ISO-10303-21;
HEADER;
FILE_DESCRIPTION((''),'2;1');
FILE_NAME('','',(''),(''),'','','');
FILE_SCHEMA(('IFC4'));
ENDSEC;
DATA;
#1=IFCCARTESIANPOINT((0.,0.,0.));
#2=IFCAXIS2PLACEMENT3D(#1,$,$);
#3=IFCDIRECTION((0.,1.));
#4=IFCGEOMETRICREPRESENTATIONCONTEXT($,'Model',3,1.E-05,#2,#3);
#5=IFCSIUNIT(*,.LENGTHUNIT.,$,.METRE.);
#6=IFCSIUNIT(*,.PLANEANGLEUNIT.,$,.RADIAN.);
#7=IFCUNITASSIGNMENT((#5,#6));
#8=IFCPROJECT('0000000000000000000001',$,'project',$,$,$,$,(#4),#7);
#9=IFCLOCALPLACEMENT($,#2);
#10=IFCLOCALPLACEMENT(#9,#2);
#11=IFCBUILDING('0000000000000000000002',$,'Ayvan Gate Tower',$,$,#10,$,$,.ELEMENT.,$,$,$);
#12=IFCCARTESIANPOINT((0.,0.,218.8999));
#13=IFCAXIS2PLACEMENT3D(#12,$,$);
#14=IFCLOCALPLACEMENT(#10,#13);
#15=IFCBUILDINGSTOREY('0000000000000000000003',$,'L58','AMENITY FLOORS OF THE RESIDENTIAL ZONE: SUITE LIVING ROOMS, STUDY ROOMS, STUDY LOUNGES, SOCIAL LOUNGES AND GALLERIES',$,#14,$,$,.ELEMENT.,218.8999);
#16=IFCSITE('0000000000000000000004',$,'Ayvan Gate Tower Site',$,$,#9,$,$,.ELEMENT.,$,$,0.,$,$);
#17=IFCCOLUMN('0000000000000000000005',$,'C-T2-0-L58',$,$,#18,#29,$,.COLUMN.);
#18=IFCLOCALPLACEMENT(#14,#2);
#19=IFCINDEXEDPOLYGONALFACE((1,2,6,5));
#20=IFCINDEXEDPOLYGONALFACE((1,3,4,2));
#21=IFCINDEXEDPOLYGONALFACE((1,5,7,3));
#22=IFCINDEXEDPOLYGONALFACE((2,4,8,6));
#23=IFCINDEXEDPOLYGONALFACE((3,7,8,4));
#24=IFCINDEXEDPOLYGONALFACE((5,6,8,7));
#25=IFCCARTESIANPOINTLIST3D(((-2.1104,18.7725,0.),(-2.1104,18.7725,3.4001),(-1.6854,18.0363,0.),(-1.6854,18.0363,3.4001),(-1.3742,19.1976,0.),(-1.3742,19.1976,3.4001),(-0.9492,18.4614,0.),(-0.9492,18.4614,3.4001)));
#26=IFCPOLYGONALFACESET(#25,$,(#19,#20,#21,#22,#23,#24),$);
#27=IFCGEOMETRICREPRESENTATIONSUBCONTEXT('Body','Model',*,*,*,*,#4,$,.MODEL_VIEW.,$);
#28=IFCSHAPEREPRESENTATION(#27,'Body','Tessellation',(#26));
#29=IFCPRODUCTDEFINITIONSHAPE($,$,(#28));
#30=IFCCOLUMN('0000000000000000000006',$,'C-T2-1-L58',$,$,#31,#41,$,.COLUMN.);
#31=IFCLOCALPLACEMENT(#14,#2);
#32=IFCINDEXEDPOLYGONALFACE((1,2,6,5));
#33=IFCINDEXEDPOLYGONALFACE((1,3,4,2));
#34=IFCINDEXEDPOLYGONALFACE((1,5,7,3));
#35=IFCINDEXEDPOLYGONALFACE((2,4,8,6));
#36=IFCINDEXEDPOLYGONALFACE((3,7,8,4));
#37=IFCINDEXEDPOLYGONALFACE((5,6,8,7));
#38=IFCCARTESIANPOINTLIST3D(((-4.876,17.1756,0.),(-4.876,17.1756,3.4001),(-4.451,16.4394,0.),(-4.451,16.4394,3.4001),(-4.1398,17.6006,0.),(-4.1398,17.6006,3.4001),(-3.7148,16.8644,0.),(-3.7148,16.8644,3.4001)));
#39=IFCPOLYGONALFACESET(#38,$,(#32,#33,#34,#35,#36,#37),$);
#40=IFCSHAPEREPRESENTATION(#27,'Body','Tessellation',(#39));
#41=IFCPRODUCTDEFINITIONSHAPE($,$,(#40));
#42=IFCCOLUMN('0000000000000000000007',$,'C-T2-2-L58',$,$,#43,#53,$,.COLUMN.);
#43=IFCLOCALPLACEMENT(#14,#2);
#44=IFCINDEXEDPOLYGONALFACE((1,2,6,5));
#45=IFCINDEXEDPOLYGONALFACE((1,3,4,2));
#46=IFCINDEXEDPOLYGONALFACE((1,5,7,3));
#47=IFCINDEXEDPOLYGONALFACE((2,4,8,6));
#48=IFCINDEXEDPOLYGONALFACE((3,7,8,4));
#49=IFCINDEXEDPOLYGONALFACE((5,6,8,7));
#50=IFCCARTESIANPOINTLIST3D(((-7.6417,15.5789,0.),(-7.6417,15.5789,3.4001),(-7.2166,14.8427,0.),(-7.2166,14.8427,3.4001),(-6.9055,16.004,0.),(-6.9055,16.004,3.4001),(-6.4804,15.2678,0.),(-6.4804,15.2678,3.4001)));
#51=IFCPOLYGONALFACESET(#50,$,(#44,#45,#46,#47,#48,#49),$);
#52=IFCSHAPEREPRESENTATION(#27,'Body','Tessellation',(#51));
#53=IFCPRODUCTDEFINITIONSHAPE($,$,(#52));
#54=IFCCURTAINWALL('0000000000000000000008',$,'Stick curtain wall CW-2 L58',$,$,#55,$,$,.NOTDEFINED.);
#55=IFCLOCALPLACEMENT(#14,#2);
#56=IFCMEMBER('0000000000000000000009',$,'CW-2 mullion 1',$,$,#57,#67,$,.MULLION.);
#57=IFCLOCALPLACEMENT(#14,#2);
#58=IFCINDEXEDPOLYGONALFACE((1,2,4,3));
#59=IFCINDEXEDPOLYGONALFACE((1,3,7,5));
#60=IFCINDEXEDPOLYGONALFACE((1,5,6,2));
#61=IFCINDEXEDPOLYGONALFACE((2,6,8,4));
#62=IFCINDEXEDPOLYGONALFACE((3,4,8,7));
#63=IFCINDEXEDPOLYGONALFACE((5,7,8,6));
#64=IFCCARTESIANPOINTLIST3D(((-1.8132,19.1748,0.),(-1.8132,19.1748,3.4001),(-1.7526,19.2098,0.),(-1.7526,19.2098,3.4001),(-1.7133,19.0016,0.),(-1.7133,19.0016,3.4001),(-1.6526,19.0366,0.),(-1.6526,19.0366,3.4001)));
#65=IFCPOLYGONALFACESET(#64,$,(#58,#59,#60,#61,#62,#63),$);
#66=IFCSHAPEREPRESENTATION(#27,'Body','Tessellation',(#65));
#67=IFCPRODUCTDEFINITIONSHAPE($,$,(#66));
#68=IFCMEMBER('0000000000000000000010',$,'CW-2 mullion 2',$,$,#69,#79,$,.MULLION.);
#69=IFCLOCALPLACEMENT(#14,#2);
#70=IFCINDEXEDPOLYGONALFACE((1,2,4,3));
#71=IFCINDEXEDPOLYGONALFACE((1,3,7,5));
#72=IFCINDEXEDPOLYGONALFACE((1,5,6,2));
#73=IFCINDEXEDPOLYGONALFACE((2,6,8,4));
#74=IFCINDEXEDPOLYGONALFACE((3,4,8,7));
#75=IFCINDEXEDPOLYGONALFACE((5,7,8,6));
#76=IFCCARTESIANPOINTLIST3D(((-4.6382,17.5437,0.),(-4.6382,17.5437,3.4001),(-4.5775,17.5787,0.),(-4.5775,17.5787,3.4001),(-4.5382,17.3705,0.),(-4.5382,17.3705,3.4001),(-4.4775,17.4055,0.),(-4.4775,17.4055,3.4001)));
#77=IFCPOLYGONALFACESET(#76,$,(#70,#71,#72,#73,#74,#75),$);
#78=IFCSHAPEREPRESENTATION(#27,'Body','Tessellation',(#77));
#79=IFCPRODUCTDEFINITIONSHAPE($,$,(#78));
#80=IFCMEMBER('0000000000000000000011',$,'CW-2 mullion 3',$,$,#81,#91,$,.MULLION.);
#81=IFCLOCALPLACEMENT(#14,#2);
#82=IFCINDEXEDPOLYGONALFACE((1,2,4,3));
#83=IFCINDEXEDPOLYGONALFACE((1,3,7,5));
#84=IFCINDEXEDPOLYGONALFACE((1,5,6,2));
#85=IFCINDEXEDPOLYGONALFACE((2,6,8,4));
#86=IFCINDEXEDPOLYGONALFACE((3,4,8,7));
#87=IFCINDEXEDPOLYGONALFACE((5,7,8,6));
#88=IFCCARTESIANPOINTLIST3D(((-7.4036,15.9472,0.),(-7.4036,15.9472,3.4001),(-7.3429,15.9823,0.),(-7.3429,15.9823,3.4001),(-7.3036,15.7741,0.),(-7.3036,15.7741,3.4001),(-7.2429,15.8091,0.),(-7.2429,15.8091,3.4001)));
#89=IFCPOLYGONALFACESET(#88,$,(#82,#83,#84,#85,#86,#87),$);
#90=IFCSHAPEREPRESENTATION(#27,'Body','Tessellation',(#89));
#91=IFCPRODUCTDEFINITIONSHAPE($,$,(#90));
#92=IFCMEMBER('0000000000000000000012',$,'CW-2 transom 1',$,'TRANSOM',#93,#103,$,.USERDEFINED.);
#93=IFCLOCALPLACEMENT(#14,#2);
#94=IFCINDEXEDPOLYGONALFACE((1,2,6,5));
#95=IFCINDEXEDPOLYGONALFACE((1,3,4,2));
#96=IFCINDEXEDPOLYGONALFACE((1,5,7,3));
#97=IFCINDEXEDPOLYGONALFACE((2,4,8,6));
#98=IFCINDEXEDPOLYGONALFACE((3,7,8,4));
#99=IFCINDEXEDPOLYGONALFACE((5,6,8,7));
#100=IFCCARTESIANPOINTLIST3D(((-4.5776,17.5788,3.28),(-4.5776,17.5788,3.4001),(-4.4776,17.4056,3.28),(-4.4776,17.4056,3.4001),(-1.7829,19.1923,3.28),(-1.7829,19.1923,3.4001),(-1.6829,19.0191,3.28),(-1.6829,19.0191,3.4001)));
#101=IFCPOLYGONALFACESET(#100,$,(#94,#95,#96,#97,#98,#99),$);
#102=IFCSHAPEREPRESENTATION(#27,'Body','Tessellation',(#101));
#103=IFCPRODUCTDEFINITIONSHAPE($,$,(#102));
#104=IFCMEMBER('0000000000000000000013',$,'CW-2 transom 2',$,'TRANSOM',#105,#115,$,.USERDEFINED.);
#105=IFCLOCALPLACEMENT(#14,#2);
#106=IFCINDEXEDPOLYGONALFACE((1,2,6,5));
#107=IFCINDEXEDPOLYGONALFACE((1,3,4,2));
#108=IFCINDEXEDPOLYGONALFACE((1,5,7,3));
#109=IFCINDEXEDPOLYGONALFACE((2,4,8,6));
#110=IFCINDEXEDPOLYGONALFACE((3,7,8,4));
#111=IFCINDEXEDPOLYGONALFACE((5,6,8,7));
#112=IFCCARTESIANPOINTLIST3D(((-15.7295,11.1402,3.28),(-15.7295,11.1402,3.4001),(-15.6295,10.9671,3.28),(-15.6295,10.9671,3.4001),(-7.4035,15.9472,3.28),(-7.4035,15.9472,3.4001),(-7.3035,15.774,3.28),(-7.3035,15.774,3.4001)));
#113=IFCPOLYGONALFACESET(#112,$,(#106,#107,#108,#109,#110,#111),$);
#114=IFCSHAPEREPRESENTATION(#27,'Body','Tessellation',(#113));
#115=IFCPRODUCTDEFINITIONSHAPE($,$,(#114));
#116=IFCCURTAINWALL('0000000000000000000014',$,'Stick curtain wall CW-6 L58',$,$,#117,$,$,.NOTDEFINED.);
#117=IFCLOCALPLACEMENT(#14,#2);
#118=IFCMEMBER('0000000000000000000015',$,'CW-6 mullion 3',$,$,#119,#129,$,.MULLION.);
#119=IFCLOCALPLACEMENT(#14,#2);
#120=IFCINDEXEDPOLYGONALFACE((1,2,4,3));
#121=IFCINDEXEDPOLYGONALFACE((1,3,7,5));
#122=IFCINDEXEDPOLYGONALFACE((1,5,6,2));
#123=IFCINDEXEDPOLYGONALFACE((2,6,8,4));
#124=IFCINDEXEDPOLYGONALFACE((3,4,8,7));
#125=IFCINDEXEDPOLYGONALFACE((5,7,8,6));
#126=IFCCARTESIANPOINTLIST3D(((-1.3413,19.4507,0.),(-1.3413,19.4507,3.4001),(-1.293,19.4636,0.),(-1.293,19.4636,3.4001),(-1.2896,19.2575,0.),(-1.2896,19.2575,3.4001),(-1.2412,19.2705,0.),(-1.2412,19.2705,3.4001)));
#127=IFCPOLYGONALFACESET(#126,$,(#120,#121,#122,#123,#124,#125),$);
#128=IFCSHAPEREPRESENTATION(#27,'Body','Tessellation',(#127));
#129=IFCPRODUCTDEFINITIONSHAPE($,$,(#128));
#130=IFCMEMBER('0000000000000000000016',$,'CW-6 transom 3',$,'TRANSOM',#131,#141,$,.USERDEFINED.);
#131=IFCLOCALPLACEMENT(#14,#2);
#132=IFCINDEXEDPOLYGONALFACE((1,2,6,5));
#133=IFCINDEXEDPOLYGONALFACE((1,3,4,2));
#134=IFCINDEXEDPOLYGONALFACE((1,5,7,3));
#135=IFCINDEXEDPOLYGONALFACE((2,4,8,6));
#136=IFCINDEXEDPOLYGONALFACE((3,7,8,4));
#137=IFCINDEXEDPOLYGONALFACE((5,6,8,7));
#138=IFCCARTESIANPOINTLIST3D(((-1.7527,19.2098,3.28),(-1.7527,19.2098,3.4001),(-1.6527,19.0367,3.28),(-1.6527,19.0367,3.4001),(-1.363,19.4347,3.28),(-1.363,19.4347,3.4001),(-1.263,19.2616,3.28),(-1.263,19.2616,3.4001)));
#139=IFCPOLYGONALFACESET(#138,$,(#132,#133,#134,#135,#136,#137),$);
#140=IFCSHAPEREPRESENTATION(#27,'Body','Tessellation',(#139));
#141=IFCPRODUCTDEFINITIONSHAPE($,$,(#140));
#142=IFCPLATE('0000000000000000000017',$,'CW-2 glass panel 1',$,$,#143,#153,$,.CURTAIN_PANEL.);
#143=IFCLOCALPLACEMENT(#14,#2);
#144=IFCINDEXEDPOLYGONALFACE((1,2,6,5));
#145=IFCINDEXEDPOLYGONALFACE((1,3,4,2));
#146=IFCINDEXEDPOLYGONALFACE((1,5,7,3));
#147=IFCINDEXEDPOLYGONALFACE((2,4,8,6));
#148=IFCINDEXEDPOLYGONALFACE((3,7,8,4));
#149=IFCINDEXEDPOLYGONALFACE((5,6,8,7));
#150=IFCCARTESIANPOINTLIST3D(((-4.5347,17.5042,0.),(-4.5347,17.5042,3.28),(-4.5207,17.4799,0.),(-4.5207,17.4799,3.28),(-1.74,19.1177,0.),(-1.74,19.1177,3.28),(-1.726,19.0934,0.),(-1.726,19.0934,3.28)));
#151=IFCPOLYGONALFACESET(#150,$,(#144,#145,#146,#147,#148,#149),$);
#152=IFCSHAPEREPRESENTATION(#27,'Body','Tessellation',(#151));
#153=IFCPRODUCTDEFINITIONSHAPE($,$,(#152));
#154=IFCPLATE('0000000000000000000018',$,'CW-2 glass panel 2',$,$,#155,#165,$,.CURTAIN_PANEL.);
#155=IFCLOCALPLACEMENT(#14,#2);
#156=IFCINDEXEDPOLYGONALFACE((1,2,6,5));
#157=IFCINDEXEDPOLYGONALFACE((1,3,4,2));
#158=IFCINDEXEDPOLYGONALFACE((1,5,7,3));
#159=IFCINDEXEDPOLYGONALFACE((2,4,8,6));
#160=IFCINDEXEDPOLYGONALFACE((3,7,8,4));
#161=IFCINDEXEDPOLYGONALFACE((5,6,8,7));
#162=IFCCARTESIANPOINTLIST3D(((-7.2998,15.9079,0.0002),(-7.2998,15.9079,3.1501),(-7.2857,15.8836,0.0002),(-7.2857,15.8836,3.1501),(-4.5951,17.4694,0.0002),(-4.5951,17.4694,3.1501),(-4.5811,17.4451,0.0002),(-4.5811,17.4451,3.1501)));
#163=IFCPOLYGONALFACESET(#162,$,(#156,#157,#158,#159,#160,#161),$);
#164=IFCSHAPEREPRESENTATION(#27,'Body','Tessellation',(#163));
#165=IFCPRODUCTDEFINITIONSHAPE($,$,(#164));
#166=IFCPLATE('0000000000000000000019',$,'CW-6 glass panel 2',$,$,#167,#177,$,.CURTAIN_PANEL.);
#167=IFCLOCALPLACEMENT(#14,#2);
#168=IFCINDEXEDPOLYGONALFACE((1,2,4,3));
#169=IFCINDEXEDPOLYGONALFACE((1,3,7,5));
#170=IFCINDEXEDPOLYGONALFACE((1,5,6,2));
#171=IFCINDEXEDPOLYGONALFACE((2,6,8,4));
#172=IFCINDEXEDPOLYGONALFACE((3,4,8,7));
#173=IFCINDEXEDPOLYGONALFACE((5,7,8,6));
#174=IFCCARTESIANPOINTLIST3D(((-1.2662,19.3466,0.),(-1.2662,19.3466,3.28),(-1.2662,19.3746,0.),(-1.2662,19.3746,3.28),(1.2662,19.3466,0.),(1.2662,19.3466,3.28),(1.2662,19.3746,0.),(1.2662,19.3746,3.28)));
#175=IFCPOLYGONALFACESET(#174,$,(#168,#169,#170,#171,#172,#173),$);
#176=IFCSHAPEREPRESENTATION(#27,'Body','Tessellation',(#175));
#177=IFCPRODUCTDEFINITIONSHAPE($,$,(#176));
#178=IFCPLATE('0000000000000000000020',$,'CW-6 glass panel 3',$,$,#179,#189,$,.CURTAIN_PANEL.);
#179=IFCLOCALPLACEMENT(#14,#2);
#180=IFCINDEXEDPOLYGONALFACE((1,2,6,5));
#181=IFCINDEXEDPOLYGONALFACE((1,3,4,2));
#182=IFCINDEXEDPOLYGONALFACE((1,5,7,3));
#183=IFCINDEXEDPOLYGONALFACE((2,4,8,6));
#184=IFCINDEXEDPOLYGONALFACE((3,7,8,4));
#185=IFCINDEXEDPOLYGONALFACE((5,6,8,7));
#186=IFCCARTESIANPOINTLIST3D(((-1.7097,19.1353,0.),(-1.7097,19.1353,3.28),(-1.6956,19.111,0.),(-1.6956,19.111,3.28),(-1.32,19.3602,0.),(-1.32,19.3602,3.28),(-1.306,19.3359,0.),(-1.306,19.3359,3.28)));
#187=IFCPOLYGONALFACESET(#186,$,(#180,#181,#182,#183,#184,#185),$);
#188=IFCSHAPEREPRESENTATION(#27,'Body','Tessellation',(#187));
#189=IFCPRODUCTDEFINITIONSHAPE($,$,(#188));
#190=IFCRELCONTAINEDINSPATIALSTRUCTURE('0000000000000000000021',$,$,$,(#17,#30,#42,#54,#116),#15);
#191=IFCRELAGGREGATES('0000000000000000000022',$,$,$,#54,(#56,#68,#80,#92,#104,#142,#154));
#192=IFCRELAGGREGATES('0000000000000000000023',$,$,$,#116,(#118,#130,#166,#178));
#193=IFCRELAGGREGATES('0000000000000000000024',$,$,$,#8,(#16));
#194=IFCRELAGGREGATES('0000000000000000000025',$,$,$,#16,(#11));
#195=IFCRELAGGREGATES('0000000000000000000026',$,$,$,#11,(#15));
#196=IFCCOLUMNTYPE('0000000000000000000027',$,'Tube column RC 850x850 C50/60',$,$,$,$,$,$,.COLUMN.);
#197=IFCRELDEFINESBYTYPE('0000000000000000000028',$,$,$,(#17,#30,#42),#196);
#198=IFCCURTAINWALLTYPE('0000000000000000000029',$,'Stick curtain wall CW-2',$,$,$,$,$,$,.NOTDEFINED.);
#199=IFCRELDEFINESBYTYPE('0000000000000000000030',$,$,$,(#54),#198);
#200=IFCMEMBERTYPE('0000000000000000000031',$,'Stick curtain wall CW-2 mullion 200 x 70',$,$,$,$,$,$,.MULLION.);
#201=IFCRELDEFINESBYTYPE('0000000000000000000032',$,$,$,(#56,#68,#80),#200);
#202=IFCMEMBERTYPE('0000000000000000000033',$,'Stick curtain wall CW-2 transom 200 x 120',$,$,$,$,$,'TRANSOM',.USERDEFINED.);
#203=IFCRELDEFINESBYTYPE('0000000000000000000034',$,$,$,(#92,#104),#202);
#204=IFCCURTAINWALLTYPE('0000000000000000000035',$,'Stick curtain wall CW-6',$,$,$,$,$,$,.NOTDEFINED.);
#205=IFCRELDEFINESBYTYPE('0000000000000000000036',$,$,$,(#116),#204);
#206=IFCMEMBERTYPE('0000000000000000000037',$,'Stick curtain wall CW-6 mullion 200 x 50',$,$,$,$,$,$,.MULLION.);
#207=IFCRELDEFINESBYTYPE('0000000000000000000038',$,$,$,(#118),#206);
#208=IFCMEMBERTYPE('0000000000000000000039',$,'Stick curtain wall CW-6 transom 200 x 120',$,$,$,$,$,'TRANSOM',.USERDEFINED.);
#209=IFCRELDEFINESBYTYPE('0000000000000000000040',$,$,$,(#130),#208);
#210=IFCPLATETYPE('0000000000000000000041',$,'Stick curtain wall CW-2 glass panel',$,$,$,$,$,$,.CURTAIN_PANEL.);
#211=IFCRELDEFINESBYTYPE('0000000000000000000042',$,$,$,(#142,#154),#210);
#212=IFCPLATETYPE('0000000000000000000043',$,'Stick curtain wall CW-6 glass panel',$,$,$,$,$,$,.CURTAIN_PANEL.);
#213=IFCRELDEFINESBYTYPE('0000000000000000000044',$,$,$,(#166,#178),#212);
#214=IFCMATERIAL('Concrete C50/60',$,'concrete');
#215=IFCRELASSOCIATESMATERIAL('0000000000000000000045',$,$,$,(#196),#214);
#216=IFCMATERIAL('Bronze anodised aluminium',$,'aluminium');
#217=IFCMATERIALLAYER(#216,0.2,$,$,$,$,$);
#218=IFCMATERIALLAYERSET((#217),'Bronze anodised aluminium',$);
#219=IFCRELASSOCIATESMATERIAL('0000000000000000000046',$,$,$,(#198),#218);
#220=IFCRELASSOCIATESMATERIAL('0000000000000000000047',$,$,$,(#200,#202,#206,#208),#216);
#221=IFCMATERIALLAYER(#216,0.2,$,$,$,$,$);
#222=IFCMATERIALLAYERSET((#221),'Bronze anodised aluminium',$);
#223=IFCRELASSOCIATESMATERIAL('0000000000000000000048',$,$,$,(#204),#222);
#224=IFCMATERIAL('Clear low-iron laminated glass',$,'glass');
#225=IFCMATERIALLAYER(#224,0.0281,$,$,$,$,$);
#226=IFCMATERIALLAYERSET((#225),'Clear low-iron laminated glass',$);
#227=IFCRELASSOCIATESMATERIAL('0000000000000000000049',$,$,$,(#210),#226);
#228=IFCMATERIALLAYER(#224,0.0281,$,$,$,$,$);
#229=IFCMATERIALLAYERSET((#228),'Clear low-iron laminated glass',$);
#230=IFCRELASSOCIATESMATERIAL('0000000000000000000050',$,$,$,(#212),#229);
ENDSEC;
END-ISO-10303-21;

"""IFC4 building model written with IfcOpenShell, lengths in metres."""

from ifc_helpers import new_model, si_unit, direction, frame, origin, origin_2d, place, context, subcontext, project, spatial, rectangle, extrude, material, layer, layer_set, material_profile, profile_set, type_object, element, aggregate, save


model = new_model("IFC4")

# Units and contexts
model_context = context("Model", 3, precision=1e-05, world=origin(), true_north=direction((0.0, 1.0)))
body_context = subcontext(model_context, "Body", "Model", "MODEL_VIEW")
ifc_project = project(units=[si_unit("LENGTHUNIT", "METRE"), si_unit("PLANEANGLEUNIT", "RADIAN")], contexts=[model_context])

# Site, building, storey
site_placement = place(None, origin())
site = spatial("IfcSite", under=ifc_project, at=site_placement, Name="Ayvan Gate Tower Site", CompositionType="ELEMENT", RefElevation=0.0)
building_placement = place(site_placement, origin())
building = spatial("IfcBuilding", under=site, at=building_placement, Name="Ayvan Gate Tower", CompositionType="ELEMENT")
storey_placement = place(building_placement, frame((0.0, 0.0, 218.8999)))
storey = spatial("IfcBuildingStorey", under=building, at=storey_placement, Name="L58", Description="AMENITY FLOORS OF THE RESIDENTIAL ZONE: SUITE LIVING ROOMS, STUDY ROOMS, STUDY LOUNGES, SOCIAL LOUNGES AND GALLERIES", CompositionType="ELEMENT", Elevation=218.8999)

# Columns
ifc_material_1 = material(Name="Concrete C50/60", Category="concrete")
ifc_material_profile_1 = material_profile(ifc_material_1, rectangle(XDim=0.8501, YDim=0.8501, at=origin_2d()), Name="RC 850x850")
ifc_profile_set_1 = profile_set([ifc_material_profile_1], Name="Concrete C50/60")
column_type = type_object("IfcColumnType", Name="Tube column RC 850x850 C50/60", PredefinedType="COLUMN", material=ifc_profile_set_1)
for number, where, z_axis, x_axis, name in (
    (1, (-1.5298, 18.6169, 0.0), (0.0, 0.0, 1.0), (-0.5, 0.866025, 0.0), "C-T2-0-L58"),
    (2, (-4.2954, 17.02, 0.0), (0.0, 0.0, 1.0), (-0.5, 0.866025, 0.0), "C-T2-1-L58"),
    (3, (-7.061, 15.4233, 0.0), (0.0, 0.0, 1.0), (-0.5, 0.866025, 0.0), "C-T2-2-L58"),
):
    element("IfcColumn", number, at=place(storey_placement, frame(where, z_axis=z_axis, x_axis=x_axis)), inside=storey, type_object=column_type, Name=name, PredefinedType="COLUMN", context=body_context, shape_type="SweptSolid", body=[
        extrude(rectangle(XDim=0.8501, YDim=0.8501, at=origin_2d()), origin(), (0.0, 0.0, 1.0), 3.4001),
    ])

# Curtain walls, members
ifc_material_2 = material(Name="Bronze anodised aluminium", Category="aluminium")
ifc_layer_1 = layer(ifc_material_2, 0.2)
ifc_layer_set_1 = layer_set([ifc_layer_1], Name="Bronze anodised aluminium")
curtain_wall_type_1 = type_object("IfcCurtainWallType", Name="Stick curtain wall CW-2", PredefinedType="NOTDEFINED", material=ifc_layer_set_1)
curtain_wall_1_placement = place(storey_placement, origin())
curtain_wall_1 = element("IfcCurtainWall", 4, at=curtain_wall_1_placement, inside=storey, type_object=curtain_wall_type_1, Name="Stick curtain wall CW-2 L58", PredefinedType="NOTDEFINED")
ifc_material_profile_2 = material_profile(ifc_material_2, rectangle(XDim=0.2, YDim=0.0701, at=origin_2d()), Name="Stick curtain wall CW-2 mullion 200 x 70")
ifc_profile_set_2 = profile_set([ifc_material_profile_2], Name="Bronze anodised aluminium")
member_type_1 = type_object("IfcMemberType", Name="Stick curtain wall CW-2 mullion 200 x 70", PredefinedType="MULLION", material=ifc_profile_set_2)
member_1_placement = place(storey_placement, frame((-1.7329, 19.1057, 0.0), z_axis=(0.0, 0.0, 1.0), x_axis=(-0.5, 0.866025, 0.0)))
member_1 = element("IfcMember", 5, at=member_1_placement, type_object=member_type_1, Name="CW-2 mullion 1", PredefinedType="MULLION", context=body_context, shape_type="SweptSolid", body=[
    extrude(rectangle(XDim=0.2, YDim=0.0701, at=origin_2d()), origin(), (0.0, 0.0, 1.0), 3.4001),
])
member_2_placement = place(storey_placement, frame((-4.5579, 17.4746, 0.0), z_axis=(0.0, 0.0, 1.0), x_axis=(-0.5, 0.866025, 0.0)))
member_2 = element("IfcMember", 6, at=member_2_placement, type_object=member_type_1, Name="CW-2 mullion 2", PredefinedType="MULLION", context=body_context, shape_type="SweptSolid", body=[
    extrude(rectangle(XDim=0.2, YDim=0.0701, at=origin_2d()), origin(), (0.0, 0.0, 1.0), 3.4001),
])
member_3_placement = place(storey_placement, frame((-7.3232, 15.8782, 0.0), z_axis=(0.0, 0.0, 1.0), x_axis=(-0.5, 0.866025, 0.0)))
member_3 = element("IfcMember", 7, at=member_3_placement, type_object=member_type_1, Name="CW-2 mullion 3", PredefinedType="MULLION", context=body_context, shape_type="SweptSolid", body=[
    extrude(rectangle(XDim=0.2, YDim=0.0701, at=origin_2d()), origin(), (0.0, 0.0, 1.0), 3.4001),
])
ifc_material_profile_3 = material_profile(ifc_material_2, rectangle(XDim=0.2, YDim=0.1201, at=origin_2d()), Name="Stick curtain wall CW-2 transom 200 x 120")
ifc_profile_set_3 = profile_set([ifc_material_profile_3], Name="Bronze anodised aluminium")
member_type_2 = type_object("IfcMemberType", Name="Stick curtain wall CW-2 transom 200 x 120", ElementType="TRANSOM", PredefinedType="USERDEFINED", material=ifc_profile_set_3)
member_4_placement = place(storey_placement, frame((-1.7329, 19.1057, 3.3401), z_axis=(-0.866023, -0.500004, 0.0), x_axis=(0.500004, -0.866023, 0.0)))
member_4 = element("IfcMember", 8, at=member_4_placement, type_object=member_type_2, Name="CW-2 transom 1", ObjectType="TRANSOM", PredefinedType="USERDEFINED", context=body_context, shape_type="SweptSolid", body=[
    extrude(rectangle(XDim=0.2, YDim=0.1201, at=origin_2d()), origin(), (0.0, 0.0, 1.0), 3.2271),
])
member_5_placement = place(storey_placement, frame((-7.3535, 15.8606, 3.3401), z_axis=(-0.86603, -0.499993, 0.0), x_axis=(0.499993, -0.86603, 0.0)))
member_5 = element("IfcMember", 9, at=member_5_placement, type_object=member_type_2, Name="CW-2 transom 2", ObjectType="TRANSOM", PredefinedType="USERDEFINED", context=body_context, shape_type="SweptSolid", body=[
    extrude(rectangle(XDim=0.2, YDim=0.1201, at=origin_2d()), origin(), (0.0, 0.0, 1.0), 9.614),
])
ifc_layer_2 = layer(ifc_material_2, 0.2)
ifc_layer_set_2 = layer_set([ifc_layer_2], Name="Bronze anodised aluminium")
curtain_wall_type_2 = type_object("IfcCurtainWallType", Name="Stick curtain wall CW-6", PredefinedType="NOTDEFINED", material=ifc_layer_set_2)
curtain_wall_2_placement = place(storey_placement, origin())
curtain_wall_2 = element("IfcCurtainWall", 10, at=curtain_wall_2_placement, inside=storey, type_object=curtain_wall_type_2, Name="Stick curtain wall CW-6 L58", PredefinedType="NOTDEFINED")
ifc_material_profile_4 = material_profile(ifc_material_2, rectangle(XDim=0.2, YDim=0.05, at=origin_2d()), Name="Stick curtain wall CW-6 mullion 200 x 50")
ifc_profile_set_4 = profile_set([ifc_material_profile_4], Name="Bronze anodised aluminium")
member_type_3 = type_object("IfcMemberType", Name="Stick curtain wall CW-6 mullion 200 x 50", PredefinedType="MULLION", material=ifc_profile_set_4)
member_6_placement = place(storey_placement, frame((-1.2913, 19.3606, 0.0), z_axis=(0.0, 0.0, 1.0), x_axis=(-0.258819, 0.965926, 0.0)))
member_6 = element("IfcMember", 11, at=member_6_placement, type_object=member_type_3, Name="CW-6 mullion 3", PredefinedType="MULLION", context=body_context, shape_type="SweptSolid", body=[
    extrude(rectangle(XDim=0.2, YDim=0.05, at=origin_2d()), origin(), (0.0, 0.0, 1.0), 3.4001),
])
ifc_material_profile_5 = material_profile(ifc_material_2, rectangle(XDim=0.2, YDim=0.1201, at=origin_2d()), Name="Stick curtain wall CW-6 transom 200 x 120")
ifc_profile_set_5 = profile_set([ifc_material_profile_5], Name="Bronze anodised aluminium")
member_type_4 = type_object("IfcMemberType", Name="Stick curtain wall CW-6 transom 200 x 120", ElementType="TRANSOM", PredefinedType="USERDEFINED", material=ifc_profile_set_5)
member_7_placement = place(storey_placement, frame((-1.313, 19.3481, 3.3401), z_axis=(-0.866131, -0.499816, 0.0), x_axis=(0.499816, -0.866131, 0.0)))
member_7 = element("IfcMember", 12, at=member_7_placement, type_object=member_type_4, Name="CW-6 transom 3", ObjectType="TRANSOM", PredefinedType="USERDEFINED", context=body_context, shape_type="SweptSolid", body=[
    extrude(rectangle(XDim=0.2, YDim=0.1201, at=origin_2d()), origin(), (0.0, 0.0, 1.0), 0.45),
])

# Plates
ifc_material_3 = material(Name="Clear low-iron laminated glass", Category="glass")
ifc_layer_3 = layer(ifc_material_3, 0.0281)
ifc_layer_set_3 = layer_set([ifc_layer_3], Name="Clear low-iron laminated glass")
plate_type_1 = type_object("IfcPlateType", Name="Stick curtain wall CW-2 glass panel", PredefinedType="CURTAIN_PANEL", material=ifc_layer_set_3)
plate_1_placement = place(storey_placement, frame((-3.1304, 18.2988, 0.0), z_axis=(0.0, 0.0, 1.0), x_axis=(-0.866025, -0.5, 0.0)))
plate_1 = element("IfcPlate", 13, at=plate_1_placement, type_object=plate_type_1, Name="CW-2 glass panel 1", PredefinedType="CURTAIN_PANEL", context=body_context, shape_type="SweptSolid", body=[
    extrude(rectangle(XDim=3.2271, YDim=0.0281, at=origin_2d()), origin(), (0.0, 0.0, 1.0), 3.28),
])
plate_2_placement = place(storey_placement, frame((-5.9404, 16.6765, 0.0002), z_axis=(0.0, 0.0, 1.0), x_axis=(-0.866025, -0.5, 0.0)))
plate_2 = element("IfcPlate", 14, at=plate_2_placement, type_object=plate_type_1, Name="CW-2 glass panel 2", PredefinedType="CURTAIN_PANEL", context=body_context, shape_type="SweptSolid", body=[
    extrude(rectangle(XDim=3.123, YDim=0.0281, at=origin_2d()), origin(), (0.0, 0.0, 1.0), 3.1499),
])
aggregate(curtain_wall_1, [member_1, member_2, member_3, member_4, member_5, plate_1, plate_2])
ifc_layer_4 = layer(ifc_material_3, 0.0281)
ifc_layer_set_4 = layer_set([ifc_layer_4], Name="Clear low-iron laminated glass")
plate_type_2 = type_object("IfcPlateType", Name="Stick curtain wall CW-6 glass panel", PredefinedType="CURTAIN_PANEL", material=ifc_layer_set_4)
plate_3_placement = place(storey_placement, frame((0.0, 19.3606, 0.0), z_axis=(0.0, 0.0, 1.0), x_axis=(-1.0, 0.0, 0.0)))
plate_3 = element("IfcPlate", 15, at=plate_3_placement, type_object=plate_type_2, Name="CW-6 glass panel 2", PredefinedType="CURTAIN_PANEL", context=body_context, shape_type="SweptSolid", body=[
    extrude(rectangle(XDim=2.5325, YDim=0.0281, at=origin_2d()), origin(), (0.0, 0.0, 1.0), 3.28),
])
plate_4_placement = place(storey_placement, frame((-1.5078, 19.2356, 0.0), z_axis=(0.0, 0.0, 1.0), x_axis=(-0.866025, -0.5, 0.0)))
plate_4 = element("IfcPlate", 16, at=plate_4_placement, type_object=plate_type_2, Name="CW-6 glass panel 3", PredefinedType="CURTAIN_PANEL", context=body_context, shape_type="SweptSolid", body=[
    extrude(rectangle(XDim=0.45, YDim=0.0281, at=origin_2d()), origin(), (0.0, 0.0, 1.0), 3.28),
])
aggregate(curtain_wall_2, [member_6, member_7, plate_3, plate_4])

save(model, "model.ifc")
